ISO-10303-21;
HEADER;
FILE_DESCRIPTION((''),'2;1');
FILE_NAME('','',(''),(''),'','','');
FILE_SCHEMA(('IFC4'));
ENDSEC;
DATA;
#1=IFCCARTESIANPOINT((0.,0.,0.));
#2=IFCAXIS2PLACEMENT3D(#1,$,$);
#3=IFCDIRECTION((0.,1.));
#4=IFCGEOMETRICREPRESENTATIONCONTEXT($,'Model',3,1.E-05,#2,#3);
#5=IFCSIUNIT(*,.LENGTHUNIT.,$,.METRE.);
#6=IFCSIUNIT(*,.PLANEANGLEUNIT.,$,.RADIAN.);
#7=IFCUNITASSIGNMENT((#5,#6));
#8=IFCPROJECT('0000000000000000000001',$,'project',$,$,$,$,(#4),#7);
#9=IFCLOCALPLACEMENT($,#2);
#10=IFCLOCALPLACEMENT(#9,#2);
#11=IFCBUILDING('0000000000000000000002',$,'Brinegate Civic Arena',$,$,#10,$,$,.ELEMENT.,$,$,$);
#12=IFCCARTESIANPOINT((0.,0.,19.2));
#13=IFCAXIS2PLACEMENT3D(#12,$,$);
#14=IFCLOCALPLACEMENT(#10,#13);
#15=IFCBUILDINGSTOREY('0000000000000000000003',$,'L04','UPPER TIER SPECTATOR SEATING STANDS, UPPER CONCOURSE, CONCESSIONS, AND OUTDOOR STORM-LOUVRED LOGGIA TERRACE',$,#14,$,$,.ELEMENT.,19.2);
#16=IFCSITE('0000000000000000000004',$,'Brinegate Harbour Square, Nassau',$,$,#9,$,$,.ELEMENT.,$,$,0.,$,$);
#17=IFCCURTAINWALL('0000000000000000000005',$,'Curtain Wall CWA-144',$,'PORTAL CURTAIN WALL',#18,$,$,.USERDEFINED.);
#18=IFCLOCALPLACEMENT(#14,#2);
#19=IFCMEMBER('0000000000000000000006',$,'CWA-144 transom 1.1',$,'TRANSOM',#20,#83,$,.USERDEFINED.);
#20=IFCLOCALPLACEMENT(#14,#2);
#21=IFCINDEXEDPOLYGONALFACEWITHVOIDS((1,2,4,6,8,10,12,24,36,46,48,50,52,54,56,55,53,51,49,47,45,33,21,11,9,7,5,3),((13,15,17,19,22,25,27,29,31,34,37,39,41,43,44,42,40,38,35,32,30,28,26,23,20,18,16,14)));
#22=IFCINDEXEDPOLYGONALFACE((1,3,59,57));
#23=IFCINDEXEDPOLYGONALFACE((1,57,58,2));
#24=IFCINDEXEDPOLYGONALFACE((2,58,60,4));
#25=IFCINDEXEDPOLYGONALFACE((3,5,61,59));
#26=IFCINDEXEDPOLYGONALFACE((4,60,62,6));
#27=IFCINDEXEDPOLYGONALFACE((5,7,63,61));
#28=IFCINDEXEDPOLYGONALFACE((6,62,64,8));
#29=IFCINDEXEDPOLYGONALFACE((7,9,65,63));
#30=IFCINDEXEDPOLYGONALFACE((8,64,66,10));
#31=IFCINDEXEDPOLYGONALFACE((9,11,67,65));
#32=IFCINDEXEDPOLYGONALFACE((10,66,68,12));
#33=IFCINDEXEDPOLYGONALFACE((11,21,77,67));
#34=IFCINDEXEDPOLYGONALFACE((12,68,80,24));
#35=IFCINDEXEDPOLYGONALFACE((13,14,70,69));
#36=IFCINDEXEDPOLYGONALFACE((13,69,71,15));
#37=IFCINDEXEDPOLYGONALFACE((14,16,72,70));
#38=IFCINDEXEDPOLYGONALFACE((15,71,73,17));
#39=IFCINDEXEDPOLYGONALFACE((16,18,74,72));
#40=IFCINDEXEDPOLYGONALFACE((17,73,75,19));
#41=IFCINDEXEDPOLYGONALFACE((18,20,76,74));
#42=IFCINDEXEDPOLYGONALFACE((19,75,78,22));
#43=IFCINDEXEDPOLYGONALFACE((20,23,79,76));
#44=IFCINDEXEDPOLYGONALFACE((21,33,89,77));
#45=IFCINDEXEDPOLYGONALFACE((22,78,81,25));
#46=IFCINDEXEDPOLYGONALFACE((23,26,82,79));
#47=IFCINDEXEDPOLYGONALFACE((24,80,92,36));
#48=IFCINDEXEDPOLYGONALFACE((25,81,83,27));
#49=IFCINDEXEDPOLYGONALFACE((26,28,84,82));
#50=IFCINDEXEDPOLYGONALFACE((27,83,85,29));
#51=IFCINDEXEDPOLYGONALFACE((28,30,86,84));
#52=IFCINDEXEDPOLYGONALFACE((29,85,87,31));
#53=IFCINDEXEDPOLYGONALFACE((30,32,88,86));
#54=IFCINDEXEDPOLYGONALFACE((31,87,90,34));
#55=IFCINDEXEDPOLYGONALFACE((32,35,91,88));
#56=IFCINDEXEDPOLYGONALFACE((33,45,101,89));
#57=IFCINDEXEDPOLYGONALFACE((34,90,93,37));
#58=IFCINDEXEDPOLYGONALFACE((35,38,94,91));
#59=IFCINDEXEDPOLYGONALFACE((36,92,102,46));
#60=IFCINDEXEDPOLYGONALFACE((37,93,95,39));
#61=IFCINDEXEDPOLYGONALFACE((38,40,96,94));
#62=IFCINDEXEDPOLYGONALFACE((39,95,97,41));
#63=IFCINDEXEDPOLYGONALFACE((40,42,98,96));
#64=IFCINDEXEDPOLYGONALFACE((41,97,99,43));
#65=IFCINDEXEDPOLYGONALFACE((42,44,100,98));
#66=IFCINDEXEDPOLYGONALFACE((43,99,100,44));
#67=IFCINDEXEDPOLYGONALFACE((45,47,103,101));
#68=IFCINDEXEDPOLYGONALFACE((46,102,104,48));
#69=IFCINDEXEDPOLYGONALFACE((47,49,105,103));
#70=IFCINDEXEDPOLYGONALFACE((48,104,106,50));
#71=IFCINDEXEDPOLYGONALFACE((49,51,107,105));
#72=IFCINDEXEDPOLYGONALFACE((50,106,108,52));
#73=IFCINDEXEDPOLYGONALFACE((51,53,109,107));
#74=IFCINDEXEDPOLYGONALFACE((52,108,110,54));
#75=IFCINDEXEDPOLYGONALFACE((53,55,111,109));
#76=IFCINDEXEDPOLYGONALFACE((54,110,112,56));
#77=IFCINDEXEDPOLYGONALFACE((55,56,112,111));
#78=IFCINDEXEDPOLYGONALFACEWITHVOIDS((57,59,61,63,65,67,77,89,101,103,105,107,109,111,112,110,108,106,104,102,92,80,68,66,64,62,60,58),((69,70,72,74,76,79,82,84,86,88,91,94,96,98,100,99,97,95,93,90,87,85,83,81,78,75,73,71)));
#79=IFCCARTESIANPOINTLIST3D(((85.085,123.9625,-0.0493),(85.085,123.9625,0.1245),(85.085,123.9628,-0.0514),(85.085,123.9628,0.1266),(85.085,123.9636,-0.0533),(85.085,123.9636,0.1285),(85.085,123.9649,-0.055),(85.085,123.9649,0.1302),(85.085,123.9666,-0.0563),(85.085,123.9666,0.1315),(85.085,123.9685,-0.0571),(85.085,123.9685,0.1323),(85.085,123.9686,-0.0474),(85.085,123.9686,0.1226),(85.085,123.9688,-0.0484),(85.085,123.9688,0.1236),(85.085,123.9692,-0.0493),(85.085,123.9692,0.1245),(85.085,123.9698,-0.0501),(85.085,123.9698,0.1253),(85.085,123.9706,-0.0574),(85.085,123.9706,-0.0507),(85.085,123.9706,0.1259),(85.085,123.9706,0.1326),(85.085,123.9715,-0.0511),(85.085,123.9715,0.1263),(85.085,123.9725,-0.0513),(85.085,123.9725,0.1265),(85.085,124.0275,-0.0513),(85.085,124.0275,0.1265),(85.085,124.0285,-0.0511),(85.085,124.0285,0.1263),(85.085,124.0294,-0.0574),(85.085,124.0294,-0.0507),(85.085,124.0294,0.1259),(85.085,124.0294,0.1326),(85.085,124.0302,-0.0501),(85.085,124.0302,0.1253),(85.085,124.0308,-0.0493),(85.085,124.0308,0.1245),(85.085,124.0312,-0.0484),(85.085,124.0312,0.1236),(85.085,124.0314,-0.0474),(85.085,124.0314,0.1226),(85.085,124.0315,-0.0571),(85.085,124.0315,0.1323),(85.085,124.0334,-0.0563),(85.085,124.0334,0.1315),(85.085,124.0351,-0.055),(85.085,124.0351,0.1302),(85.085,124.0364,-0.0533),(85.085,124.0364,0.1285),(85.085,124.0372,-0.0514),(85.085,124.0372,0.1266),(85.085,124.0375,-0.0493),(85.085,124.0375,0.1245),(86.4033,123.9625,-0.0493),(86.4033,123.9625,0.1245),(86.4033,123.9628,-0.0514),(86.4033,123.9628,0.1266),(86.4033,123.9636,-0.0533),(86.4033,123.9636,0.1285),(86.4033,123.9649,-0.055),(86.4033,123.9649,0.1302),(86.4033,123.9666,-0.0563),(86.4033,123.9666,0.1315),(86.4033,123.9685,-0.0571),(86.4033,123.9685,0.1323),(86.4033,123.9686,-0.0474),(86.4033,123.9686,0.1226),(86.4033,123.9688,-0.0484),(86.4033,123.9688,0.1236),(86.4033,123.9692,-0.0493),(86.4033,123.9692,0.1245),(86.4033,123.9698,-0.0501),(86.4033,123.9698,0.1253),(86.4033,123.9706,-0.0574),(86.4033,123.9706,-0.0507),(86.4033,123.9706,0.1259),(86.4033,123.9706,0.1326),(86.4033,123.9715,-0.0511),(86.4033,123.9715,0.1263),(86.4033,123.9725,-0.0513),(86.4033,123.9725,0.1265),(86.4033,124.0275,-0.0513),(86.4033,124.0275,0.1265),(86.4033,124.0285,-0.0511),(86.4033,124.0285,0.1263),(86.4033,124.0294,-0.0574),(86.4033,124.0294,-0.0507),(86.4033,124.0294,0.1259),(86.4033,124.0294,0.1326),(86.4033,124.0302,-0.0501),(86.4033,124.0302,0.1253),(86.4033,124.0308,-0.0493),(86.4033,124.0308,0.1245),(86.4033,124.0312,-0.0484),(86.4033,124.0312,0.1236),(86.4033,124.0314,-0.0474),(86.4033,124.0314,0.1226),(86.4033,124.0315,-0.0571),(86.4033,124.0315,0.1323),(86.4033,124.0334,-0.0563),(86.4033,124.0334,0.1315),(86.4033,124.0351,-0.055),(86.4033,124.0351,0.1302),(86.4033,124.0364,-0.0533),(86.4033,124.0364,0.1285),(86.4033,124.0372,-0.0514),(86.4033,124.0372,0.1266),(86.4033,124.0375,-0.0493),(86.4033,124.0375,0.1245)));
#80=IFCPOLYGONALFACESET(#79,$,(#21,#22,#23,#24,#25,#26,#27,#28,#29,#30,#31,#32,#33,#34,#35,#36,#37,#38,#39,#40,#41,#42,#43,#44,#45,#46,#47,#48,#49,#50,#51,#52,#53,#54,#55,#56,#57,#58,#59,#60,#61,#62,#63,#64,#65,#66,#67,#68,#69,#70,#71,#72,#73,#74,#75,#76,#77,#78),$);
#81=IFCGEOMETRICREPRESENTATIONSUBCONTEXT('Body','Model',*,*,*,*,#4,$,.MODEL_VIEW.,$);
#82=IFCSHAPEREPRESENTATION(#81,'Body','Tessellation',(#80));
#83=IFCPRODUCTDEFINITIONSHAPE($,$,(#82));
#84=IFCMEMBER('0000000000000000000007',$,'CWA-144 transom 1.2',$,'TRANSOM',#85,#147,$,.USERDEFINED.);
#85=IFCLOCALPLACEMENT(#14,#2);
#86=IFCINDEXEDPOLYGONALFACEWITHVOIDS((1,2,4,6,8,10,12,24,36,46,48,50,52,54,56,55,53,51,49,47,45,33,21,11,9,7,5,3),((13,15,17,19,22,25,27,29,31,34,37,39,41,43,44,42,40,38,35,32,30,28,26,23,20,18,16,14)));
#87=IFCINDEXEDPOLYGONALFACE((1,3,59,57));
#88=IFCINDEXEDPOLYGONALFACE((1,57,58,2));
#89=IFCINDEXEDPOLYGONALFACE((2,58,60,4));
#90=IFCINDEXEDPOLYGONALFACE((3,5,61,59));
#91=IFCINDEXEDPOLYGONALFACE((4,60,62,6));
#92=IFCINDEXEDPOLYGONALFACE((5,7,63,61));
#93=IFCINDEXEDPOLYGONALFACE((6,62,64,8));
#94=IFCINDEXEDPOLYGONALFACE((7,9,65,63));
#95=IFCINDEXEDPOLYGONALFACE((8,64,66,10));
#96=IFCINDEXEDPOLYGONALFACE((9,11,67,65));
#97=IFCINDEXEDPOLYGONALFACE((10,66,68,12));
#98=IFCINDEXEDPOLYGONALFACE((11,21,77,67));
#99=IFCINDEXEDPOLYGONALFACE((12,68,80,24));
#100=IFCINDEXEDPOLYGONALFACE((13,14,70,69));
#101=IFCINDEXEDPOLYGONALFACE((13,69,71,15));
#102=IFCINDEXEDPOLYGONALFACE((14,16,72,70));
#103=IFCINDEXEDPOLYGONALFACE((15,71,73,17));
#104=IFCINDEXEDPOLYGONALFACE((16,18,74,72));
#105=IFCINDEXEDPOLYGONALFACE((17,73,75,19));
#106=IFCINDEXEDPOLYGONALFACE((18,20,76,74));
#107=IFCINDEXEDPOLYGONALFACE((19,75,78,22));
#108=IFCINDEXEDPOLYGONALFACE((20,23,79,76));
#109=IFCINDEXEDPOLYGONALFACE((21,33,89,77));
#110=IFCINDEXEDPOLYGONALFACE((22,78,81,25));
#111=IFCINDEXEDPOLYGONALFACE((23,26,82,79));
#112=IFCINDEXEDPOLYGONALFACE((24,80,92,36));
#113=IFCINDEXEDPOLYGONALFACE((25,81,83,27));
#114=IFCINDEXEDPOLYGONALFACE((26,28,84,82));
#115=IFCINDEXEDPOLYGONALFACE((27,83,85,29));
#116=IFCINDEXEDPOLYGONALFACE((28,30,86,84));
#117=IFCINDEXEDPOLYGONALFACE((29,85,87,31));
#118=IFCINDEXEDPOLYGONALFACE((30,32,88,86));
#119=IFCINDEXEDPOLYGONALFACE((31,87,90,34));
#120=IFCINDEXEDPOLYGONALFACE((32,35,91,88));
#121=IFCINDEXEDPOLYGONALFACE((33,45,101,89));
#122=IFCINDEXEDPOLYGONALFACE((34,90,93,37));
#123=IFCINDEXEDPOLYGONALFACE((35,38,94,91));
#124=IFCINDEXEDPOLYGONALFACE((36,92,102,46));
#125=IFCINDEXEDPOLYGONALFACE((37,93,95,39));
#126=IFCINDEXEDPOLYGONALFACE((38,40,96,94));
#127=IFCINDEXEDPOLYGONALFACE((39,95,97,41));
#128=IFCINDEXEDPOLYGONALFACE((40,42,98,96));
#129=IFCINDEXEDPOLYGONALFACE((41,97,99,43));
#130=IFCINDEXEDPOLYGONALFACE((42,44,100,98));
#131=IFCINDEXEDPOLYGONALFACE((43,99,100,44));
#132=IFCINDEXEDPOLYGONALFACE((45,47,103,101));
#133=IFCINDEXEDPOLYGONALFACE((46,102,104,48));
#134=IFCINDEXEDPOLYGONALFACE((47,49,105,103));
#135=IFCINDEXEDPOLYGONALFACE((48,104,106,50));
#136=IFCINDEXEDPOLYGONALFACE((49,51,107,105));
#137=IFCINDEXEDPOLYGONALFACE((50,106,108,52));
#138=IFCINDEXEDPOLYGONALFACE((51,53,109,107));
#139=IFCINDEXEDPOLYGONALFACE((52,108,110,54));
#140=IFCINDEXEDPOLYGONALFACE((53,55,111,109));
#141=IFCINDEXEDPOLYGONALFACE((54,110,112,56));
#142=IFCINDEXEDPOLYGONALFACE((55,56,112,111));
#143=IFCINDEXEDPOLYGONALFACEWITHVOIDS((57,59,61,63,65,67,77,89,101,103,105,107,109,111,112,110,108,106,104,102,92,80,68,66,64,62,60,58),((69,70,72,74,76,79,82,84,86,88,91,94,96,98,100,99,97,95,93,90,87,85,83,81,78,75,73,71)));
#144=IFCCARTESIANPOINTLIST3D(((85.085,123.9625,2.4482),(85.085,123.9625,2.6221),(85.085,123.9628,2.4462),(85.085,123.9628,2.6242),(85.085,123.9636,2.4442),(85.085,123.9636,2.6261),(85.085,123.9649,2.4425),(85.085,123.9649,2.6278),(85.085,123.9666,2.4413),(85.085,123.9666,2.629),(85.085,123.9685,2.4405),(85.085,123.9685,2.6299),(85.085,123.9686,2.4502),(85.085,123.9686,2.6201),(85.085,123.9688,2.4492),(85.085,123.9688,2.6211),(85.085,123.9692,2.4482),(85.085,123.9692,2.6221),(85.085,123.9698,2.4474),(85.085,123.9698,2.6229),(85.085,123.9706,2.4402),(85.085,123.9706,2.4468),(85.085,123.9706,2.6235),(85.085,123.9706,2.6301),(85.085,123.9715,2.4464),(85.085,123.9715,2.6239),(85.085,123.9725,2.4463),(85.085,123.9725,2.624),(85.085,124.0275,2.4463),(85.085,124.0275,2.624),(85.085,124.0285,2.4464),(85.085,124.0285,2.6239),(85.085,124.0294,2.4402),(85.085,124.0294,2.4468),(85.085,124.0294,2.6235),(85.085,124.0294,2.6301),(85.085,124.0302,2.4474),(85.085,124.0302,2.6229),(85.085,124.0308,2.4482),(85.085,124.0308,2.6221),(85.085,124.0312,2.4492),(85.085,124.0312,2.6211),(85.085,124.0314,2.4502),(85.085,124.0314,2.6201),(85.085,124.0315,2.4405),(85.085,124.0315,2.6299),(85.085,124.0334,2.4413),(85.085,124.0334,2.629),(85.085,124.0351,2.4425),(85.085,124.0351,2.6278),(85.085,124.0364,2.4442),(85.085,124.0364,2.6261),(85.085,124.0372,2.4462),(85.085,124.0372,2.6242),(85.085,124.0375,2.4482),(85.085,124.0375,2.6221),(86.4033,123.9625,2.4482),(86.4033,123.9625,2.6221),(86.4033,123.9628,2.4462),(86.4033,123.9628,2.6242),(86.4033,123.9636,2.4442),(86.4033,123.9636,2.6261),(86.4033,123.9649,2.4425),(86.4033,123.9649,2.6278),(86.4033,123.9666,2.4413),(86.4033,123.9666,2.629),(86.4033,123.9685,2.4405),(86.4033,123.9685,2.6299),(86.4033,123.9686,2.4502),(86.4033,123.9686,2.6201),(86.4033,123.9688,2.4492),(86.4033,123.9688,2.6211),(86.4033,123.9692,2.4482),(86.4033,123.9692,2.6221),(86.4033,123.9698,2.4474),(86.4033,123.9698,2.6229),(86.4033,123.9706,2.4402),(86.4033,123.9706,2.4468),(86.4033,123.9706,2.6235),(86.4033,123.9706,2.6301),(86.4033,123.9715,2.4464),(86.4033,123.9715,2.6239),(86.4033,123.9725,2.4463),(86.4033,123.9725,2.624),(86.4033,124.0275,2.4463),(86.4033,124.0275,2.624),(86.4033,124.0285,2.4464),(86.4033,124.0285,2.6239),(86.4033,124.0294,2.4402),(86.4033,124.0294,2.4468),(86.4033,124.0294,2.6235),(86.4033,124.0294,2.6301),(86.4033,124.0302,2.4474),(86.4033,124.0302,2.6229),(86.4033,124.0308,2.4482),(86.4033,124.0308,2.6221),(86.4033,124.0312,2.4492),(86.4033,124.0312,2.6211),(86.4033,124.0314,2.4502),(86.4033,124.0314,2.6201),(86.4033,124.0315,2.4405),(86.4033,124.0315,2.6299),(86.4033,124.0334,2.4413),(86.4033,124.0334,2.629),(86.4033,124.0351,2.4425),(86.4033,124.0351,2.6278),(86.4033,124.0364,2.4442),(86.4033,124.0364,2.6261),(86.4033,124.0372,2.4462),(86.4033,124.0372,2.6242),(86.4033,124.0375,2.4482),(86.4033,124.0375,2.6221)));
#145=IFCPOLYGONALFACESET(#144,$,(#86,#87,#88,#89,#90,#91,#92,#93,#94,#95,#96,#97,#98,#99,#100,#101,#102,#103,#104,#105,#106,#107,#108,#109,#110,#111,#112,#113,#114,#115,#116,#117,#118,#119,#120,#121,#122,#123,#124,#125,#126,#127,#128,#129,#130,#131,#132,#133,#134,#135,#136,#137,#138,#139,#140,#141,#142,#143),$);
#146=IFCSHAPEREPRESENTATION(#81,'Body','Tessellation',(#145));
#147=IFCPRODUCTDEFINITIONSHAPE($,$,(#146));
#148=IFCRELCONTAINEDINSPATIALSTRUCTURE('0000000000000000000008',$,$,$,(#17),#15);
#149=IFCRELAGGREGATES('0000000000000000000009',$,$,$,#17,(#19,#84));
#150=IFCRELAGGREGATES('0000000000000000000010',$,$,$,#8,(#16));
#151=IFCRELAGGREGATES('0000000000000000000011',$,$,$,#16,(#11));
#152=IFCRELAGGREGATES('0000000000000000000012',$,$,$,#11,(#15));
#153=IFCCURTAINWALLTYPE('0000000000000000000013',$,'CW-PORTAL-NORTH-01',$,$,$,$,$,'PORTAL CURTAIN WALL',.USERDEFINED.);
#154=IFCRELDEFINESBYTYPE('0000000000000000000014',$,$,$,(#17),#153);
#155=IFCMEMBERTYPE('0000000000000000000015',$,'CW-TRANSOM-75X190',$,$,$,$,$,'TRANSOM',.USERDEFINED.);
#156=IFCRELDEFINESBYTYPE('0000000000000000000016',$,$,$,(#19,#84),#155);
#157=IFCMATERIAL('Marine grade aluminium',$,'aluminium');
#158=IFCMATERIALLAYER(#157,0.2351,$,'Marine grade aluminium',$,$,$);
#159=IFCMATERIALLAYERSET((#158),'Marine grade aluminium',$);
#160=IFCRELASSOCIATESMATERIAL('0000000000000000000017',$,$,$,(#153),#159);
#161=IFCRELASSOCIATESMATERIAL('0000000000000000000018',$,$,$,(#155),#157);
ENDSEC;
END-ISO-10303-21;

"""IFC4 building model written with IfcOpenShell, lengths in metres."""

from ifc_helpers import new_model, si_unit, direction, frame, origin, origin_2d, place, context, subcontext, project, spatial, hollow_rectangle, extrude, material, layer, layer_set, material_profile, profile_set, type_object, element, aggregate, save


model = new_model("IFC4")

# Units and contexts
model_context = context("Model", 3, precision=1e-05, world=origin(), true_north=direction((0.0, 1.0)))
body_context = subcontext(model_context, "Body", "Model", "MODEL_VIEW")
ifc_project = project(units=[si_unit("LENGTHUNIT", "METRE"), si_unit("PLANEANGLEUNIT", "RADIAN")], contexts=[model_context])

# Site, building, storey
site_placement = place(None, origin())
site = spatial("IfcSite", under=ifc_project, at=site_placement, Name="Brinegate Harbour Square, Nassau", CompositionType="ELEMENT", RefElevation=0.0)
building_placement = place(site_placement, origin())
building = spatial("IfcBuilding", under=site, at=building_placement, Name="Brinegate Civic Arena", CompositionType="ELEMENT")
storey_placement = place(building_placement, frame((0.0, 0.0, 19.2)))
storey = spatial("IfcBuildingStorey", under=building, at=storey_placement, Name="L04", Description="UPPER TIER SPECTATOR SEATING STANDS, UPPER CONCOURSE, CONCESSIONS, AND OUTDOOR STORM-LOUVRED LOGGIA TERRACE", CompositionType="ELEMENT", Elevation=19.2)

# Curtain wall
ifc_material_1 = material(Name="Marine grade aluminium", Category="aluminium")
ifc_layer_1 = layer(ifc_material_1, 0.2351, Name="Marine grade aluminium")
ifc_layer_set_1 = layer_set([ifc_layer_1], Name="Marine grade aluminium")
curtain_wall_type = type_object("IfcCurtainWallType", Name="CW-PORTAL-NORTH-01", ElementType="PORTAL CURTAIN WALL", PredefinedType="USERDEFINED", material=ifc_layer_set_1)
curtain_wall_1_placement = place(storey_placement, origin())
curtain_wall_1 = element("IfcCurtainWall", 1, at=curtain_wall_1_placement, inside=storey, type_object=curtain_wall_type, Name="Curtain Wall CWA-144", ObjectType="PORTAL CURTAIN WALL", PredefinedType="USERDEFINED")

# Members
ifc_material_profile_1 = material_profile(ifc_material_1, hollow_rectangle(XDim=0.075, YDim=0.1899, WallThickness=0.0061, InnerFilletRadius=0.0039, OuterFilletRadius=0.0081, at=origin_2d()), Name="TRN75X190")
ifc_profile_set_1 = profile_set([ifc_material_profile_1], Name="Marine grade aluminium")
member_type_1 = type_object("IfcMemberType", Name="CW-TRANSOM-75X190", ElementType="TRANSOM", PredefinedType="USERDEFINED", material=ifc_profile_set_1)
member_1_placement = place(storey_placement, frame((85.085, 124.0, 0.0376), z_axis=(1.0, 0.0, 0.0), x_axis=(0.0, 1.0, 0.0)))
member_1 = element("IfcMember", 2, at=member_1_placement, type_object=member_type_1, Name="CWA-144 transom 1.1", ObjectType="TRANSOM", PredefinedType="USERDEFINED", context=body_context, shape_type="SweptSolid", body=[
    extrude(hollow_rectangle(XDim=0.075, YDim=0.1899, WallThickness=0.0061, InnerFilletRadius=0.0039, OuterFilletRadius=0.0081, at=origin_2d()), origin(), (0.0, 0.0, 1.0), 1.3184),
])
member_2_placement = place(storey_placement, frame((85.085, 124.0, 2.5352), z_axis=(1.0, 0.0, 0.0), x_axis=(0.0, 1.0, 0.0)))
member_2 = element("IfcMember", 3, at=member_2_placement, type_object=member_type_1, Name="CWA-144 transom 1.2", ObjectType="TRANSOM", PredefinedType="USERDEFINED", context=body_context, shape_type="SweptSolid", body=[
    extrude(hollow_rectangle(XDim=0.075, YDim=0.1899, WallThickness=0.0061, InnerFilletRadius=0.0039, OuterFilletRadius=0.0081, at=origin_2d()), origin(), (0.0, 0.0, 1.0), 1.3184),
])
aggregate(curtain_wall_1, [member_1, member_2])

save(model, "model.ifc")
